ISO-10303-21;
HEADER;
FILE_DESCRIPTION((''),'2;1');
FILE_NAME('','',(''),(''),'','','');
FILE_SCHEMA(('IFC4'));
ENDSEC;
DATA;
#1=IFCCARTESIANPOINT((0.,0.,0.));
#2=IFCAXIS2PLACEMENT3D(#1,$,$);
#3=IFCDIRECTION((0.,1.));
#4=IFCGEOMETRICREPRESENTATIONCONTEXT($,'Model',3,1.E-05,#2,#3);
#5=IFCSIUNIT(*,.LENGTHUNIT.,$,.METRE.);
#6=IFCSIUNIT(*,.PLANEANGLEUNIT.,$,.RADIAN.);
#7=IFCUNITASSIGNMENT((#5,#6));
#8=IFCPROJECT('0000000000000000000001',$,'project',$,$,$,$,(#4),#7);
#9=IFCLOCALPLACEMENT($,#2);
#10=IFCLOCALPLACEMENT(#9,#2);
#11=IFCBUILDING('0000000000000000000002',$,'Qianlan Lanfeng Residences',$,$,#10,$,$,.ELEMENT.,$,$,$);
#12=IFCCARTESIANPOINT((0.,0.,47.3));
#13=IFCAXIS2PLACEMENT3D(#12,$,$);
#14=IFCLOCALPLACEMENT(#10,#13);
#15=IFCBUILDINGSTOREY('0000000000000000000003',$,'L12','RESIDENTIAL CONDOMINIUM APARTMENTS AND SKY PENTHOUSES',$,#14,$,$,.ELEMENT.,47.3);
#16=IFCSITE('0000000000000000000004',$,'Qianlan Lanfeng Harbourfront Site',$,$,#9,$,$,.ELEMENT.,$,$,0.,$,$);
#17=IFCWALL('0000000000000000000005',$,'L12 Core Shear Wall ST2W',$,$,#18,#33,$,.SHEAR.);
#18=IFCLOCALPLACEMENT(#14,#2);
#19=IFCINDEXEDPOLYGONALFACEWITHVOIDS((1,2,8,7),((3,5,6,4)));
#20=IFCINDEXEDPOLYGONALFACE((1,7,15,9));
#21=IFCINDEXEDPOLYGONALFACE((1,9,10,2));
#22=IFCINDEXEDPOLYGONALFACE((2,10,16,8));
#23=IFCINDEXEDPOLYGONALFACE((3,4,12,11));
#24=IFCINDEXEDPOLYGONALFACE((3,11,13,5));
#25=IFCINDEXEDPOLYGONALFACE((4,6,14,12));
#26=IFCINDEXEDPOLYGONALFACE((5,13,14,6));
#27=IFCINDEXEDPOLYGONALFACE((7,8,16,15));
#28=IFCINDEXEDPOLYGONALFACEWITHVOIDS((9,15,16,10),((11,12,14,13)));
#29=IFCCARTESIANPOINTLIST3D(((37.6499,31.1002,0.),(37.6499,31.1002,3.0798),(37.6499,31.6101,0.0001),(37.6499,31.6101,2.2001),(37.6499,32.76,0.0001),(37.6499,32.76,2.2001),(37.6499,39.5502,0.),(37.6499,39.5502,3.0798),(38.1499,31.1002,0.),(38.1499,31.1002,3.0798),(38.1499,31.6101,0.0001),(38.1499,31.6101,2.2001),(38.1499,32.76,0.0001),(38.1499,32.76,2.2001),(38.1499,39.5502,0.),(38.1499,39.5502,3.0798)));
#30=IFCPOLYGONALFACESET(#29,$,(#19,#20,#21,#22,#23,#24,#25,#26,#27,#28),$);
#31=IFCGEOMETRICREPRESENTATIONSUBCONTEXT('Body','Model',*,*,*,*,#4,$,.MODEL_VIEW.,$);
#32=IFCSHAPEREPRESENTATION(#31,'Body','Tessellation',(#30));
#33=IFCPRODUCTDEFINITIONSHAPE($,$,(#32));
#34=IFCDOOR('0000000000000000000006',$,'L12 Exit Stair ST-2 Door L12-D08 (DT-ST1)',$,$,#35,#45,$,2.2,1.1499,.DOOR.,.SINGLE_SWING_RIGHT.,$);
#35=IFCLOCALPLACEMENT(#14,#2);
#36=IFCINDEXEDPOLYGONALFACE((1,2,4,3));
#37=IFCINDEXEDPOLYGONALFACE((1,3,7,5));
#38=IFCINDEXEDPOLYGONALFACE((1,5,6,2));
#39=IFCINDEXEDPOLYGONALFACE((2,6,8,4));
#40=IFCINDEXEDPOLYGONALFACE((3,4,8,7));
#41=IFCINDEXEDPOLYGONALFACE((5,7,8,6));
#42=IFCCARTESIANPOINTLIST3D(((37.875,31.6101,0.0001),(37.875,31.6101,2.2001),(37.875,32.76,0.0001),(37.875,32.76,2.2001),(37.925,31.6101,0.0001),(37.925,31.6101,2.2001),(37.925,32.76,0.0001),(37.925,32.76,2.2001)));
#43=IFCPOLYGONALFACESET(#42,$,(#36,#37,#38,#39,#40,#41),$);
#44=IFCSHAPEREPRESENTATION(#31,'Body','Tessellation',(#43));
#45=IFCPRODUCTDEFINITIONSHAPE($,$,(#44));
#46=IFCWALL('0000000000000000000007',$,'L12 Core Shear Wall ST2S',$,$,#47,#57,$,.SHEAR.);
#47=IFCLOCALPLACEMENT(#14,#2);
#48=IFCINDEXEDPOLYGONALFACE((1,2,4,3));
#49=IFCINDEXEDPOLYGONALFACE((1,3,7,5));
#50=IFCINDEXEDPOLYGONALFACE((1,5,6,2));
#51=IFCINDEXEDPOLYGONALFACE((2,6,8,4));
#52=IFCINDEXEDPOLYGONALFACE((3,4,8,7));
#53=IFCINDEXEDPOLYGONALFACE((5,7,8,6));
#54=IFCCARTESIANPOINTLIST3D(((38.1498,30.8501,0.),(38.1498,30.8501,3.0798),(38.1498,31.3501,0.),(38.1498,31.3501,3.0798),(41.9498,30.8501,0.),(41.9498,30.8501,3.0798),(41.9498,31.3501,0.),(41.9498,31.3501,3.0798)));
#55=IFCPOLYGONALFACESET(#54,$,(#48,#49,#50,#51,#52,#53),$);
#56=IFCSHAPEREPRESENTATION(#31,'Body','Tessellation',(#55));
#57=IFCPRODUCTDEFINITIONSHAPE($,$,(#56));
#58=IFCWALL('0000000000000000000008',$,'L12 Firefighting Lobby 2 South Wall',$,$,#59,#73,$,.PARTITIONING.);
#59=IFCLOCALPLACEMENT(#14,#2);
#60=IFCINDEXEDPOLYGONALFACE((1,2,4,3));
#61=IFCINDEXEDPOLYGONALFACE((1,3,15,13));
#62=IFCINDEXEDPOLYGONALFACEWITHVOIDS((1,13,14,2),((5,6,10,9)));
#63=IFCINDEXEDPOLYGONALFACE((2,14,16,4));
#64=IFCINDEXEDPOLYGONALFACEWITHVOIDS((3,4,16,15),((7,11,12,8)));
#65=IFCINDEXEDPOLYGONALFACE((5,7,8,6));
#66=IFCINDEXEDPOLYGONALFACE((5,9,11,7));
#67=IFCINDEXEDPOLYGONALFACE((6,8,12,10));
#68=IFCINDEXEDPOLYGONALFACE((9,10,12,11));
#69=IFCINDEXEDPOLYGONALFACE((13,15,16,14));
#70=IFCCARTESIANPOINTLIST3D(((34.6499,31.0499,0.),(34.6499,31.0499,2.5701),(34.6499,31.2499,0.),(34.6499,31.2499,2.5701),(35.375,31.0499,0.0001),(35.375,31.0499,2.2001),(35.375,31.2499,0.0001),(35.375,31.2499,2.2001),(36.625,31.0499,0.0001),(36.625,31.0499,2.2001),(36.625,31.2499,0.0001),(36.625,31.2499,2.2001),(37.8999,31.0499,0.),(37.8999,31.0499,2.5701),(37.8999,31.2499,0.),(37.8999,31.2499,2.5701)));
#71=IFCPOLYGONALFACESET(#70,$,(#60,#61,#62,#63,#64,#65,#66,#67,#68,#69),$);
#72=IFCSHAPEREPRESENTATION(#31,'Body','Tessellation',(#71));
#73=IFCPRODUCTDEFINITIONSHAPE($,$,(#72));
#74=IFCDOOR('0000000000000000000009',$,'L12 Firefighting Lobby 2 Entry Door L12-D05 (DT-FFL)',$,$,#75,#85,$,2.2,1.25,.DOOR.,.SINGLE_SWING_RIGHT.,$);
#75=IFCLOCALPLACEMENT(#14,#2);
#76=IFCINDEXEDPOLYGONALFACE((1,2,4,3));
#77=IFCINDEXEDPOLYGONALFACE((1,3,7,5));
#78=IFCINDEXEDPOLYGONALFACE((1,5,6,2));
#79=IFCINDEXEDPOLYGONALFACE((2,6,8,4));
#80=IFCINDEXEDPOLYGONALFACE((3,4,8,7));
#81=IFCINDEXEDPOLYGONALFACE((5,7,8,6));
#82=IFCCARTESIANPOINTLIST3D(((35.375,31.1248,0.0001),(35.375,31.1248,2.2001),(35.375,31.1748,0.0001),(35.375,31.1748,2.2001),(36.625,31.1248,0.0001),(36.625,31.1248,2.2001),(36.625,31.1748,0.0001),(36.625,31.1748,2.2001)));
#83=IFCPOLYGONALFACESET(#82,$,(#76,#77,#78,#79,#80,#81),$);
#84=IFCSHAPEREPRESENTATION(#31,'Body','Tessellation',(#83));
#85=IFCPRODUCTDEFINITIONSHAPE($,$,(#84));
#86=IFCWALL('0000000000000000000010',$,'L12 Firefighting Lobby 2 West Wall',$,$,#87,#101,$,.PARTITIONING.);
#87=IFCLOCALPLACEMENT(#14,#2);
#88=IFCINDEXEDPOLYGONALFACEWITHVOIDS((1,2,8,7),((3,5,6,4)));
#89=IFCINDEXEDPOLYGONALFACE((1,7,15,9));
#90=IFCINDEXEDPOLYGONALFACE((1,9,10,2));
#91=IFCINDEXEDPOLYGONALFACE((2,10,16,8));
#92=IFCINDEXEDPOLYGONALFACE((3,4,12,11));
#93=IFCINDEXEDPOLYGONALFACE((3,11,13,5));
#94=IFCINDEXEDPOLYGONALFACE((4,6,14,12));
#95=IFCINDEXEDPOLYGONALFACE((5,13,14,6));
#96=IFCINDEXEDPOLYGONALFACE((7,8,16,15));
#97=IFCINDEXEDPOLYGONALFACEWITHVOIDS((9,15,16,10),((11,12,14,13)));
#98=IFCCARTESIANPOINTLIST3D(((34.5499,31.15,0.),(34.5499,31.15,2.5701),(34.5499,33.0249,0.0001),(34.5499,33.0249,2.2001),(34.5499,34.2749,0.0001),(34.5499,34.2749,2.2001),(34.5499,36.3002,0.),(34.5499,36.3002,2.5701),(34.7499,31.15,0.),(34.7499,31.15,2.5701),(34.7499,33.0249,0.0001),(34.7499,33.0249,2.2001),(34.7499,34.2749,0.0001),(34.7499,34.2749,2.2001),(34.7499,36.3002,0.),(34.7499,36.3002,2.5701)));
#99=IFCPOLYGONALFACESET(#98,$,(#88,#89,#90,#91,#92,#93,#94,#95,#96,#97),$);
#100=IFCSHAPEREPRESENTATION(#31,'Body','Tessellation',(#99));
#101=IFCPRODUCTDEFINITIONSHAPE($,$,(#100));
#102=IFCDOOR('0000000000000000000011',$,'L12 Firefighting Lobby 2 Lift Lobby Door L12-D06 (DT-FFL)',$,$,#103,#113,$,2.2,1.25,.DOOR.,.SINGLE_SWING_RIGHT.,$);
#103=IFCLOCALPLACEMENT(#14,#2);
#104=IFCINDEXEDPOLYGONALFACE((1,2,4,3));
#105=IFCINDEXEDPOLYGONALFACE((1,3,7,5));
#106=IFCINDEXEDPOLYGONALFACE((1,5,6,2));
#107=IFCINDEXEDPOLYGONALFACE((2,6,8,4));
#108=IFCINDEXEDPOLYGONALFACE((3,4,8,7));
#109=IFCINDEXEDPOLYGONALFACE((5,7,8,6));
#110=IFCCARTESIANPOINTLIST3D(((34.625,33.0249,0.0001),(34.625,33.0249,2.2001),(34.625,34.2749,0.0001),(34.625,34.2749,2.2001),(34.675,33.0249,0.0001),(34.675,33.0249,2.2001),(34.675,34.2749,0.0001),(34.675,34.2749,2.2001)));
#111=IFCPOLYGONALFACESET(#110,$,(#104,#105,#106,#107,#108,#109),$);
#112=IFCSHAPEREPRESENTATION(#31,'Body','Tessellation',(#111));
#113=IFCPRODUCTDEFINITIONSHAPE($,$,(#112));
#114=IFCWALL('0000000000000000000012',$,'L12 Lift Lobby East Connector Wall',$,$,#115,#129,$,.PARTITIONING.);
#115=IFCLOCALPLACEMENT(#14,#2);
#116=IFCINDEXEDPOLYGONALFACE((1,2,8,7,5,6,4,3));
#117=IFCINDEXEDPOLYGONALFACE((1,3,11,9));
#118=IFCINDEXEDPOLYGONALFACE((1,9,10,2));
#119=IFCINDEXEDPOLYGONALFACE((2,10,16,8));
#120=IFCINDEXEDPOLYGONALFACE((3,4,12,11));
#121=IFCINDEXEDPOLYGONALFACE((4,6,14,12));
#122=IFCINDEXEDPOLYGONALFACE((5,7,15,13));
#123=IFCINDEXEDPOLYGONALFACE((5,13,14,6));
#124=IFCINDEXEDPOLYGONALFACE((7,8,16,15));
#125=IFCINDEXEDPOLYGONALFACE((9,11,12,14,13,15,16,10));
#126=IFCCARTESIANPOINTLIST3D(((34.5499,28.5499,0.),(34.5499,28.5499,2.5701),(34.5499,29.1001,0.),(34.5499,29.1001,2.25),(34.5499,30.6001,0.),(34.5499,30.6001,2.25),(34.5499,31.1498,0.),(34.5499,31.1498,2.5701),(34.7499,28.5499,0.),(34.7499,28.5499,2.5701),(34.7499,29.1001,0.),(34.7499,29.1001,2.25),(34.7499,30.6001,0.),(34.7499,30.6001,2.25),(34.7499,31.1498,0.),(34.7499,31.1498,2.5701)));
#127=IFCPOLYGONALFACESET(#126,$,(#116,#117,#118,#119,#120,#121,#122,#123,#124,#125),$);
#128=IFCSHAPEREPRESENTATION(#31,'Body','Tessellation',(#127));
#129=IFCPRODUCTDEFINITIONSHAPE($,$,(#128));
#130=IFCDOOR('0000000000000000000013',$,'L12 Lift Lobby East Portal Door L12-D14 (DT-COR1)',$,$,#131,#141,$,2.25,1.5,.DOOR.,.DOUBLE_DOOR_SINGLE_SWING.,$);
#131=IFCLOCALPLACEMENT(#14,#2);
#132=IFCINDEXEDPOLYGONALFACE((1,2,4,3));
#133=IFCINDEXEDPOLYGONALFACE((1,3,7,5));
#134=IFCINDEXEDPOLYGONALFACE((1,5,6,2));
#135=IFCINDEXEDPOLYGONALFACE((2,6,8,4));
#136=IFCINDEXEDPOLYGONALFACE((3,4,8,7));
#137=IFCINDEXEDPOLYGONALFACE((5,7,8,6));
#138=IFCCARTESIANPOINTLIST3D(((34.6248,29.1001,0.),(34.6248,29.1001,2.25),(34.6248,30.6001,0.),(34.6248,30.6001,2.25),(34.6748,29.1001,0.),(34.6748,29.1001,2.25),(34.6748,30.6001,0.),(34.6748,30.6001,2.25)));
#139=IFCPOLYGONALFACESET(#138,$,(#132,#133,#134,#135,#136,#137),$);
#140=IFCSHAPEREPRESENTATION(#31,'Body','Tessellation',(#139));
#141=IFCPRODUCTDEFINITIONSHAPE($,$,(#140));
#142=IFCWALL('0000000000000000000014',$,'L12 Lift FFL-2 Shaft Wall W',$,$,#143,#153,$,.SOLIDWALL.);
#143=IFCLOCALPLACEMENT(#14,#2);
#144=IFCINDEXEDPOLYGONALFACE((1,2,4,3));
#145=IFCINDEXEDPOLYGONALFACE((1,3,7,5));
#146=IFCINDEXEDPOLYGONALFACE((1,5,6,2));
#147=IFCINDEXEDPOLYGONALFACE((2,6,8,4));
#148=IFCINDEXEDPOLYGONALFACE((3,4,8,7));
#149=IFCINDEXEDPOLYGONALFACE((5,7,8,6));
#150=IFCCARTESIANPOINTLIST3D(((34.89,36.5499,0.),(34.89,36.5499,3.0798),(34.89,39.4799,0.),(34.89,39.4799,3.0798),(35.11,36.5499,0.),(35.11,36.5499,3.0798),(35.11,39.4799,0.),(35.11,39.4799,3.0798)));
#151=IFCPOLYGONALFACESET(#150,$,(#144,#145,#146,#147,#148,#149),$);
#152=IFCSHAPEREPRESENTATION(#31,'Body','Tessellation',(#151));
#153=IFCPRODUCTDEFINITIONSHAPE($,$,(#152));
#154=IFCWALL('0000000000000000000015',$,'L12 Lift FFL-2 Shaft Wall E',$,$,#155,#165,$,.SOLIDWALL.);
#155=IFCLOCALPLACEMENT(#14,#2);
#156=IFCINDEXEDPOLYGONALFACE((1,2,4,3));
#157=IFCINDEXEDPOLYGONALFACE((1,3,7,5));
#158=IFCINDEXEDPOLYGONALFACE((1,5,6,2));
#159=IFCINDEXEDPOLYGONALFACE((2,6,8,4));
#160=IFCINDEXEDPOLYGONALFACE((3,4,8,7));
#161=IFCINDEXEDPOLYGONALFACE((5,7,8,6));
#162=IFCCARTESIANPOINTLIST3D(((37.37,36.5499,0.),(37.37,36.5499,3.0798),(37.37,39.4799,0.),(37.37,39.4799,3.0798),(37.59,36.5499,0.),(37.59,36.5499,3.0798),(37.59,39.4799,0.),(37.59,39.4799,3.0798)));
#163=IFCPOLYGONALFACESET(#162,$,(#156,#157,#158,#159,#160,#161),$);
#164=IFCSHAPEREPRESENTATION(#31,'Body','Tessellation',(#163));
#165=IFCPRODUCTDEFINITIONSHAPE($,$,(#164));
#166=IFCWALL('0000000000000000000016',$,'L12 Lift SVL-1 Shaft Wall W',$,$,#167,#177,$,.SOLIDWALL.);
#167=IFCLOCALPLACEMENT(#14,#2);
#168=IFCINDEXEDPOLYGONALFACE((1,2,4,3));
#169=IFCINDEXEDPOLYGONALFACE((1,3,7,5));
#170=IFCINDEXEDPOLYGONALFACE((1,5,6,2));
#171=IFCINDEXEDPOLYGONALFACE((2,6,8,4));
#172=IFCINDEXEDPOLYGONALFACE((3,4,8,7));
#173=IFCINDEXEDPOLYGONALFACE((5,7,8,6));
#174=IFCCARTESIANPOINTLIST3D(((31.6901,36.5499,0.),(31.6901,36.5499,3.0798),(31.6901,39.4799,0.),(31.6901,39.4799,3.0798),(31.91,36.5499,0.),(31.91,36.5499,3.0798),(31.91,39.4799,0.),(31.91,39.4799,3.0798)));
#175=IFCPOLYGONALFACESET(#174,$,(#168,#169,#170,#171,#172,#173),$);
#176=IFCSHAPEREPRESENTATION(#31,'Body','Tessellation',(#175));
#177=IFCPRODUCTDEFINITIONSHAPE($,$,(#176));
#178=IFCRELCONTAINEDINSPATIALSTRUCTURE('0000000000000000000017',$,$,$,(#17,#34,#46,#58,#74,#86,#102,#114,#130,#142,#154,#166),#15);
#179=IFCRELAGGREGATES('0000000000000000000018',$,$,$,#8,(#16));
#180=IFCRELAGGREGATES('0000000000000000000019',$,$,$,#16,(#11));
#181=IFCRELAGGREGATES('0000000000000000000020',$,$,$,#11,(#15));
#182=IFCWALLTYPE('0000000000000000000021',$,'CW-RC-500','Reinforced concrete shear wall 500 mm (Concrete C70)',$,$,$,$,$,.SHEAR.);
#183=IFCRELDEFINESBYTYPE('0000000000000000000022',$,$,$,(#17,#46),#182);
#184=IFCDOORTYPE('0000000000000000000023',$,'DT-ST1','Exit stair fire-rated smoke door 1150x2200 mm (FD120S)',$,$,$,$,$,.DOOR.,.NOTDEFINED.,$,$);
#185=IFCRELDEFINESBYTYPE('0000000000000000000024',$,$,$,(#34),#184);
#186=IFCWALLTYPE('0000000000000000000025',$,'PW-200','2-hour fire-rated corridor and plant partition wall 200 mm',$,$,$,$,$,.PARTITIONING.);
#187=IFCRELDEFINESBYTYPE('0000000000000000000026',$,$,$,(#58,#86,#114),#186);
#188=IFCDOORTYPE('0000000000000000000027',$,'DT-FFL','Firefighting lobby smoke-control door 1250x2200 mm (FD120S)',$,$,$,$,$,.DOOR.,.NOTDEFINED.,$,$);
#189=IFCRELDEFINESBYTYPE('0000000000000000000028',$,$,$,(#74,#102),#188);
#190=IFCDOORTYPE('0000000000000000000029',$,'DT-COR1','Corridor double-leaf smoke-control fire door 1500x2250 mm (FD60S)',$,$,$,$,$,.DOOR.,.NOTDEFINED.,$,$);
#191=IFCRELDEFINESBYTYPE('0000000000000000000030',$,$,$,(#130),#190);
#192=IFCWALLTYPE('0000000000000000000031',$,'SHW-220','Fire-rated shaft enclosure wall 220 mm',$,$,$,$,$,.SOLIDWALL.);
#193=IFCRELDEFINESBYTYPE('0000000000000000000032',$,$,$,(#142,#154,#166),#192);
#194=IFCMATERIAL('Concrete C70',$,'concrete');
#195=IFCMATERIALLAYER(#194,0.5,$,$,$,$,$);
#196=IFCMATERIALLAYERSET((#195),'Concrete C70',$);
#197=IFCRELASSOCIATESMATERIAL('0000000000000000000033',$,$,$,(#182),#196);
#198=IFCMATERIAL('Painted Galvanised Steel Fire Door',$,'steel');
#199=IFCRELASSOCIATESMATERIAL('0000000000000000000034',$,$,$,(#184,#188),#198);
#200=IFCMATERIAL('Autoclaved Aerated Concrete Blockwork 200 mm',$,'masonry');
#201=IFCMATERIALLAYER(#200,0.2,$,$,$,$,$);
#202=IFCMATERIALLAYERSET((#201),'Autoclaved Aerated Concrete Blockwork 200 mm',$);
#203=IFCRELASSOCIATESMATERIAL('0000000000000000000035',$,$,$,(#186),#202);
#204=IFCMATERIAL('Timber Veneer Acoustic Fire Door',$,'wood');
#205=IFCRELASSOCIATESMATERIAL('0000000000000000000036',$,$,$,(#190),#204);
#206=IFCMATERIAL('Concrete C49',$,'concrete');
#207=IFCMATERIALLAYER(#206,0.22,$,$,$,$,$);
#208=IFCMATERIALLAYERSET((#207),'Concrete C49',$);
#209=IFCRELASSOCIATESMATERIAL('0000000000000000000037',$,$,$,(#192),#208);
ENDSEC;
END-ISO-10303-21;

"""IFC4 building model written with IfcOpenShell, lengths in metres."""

from ifc_helpers import new_model, si_unit, direction, frame, frame_2d, origin, place, context, subcontext, project, spatial, rectangle, extrude, material, layer, layer_set, type_object, element, fill, save


model = new_model("IFC4")

# Units and contexts
model_context = context("Model", 3, precision=1e-05, world=origin(), true_north=direction((0.0, 1.0)))
body_context = subcontext(model_context, "Body", "Model", "MODEL_VIEW")
ifc_project = project(units=[si_unit("LENGTHUNIT", "METRE"), si_unit("PLANEANGLEUNIT", "RADIAN")], contexts=[model_context])

# Site, building, storey
site_placement = place(None, origin())
site = spatial("IfcSite", under=ifc_project, at=site_placement, Name="Qianlan Lanfeng Harbourfront Site", CompositionType="ELEMENT", RefElevation=0.0)
building_placement = place(site_placement, origin())
building = spatial("IfcBuilding", under=site, at=building_placement, Name="Qianlan Lanfeng Residences", CompositionType="ELEMENT")
storey_placement = place(building_placement, frame((0.0, 0.0, 47.3)))
storey = spatial("IfcBuildingStorey", under=building, at=storey_placement, Name="L12", Description="RESIDENTIAL CONDOMINIUM APARTMENTS AND SKY PENTHOUSES", CompositionType="ELEMENT", Elevation=47.3)

# Wall, opening, door
ifc_material_1 = material(Name="Concrete C70", Category="concrete")
ifc_layer_1 = layer(ifc_material_1, 0.5)
ifc_layer_set_1 = layer_set([ifc_layer_1], Name="Concrete C70")
wall_type_1 = type_object("IfcWallType", Name="CW-RC-500", Description="Reinforced concrete shear wall 500 mm (Concrete C70)", PredefinedType="SHEAR", material=ifc_layer_set_1)
wall_1_placement = place(storey_placement, frame((37.8999, 31.1001, 0.0), z_axis=(0.0, 0.0, 1.0), x_axis=(0.0, 1.0, 0.0)))
wall_1 = element("IfcWall", 1, at=wall_1_placement, inside=storey, type_object=wall_type_1, Name="L12 Core Shear Wall ST2W", PredefinedType="SHEAR", context=body_context, shape_type="SweptSolid", body=[
    extrude(rectangle(XDim=8.45, YDim=0.5, at=frame_2d((4.2251, 0.0))), origin(), (0.0, 0.0, 1.0), 3.0798),
])
opening_1_placement = place(wall_1_placement, frame((0.51, 0.0, 0.0)))
opening_1 = element("IfcOpeningElement", 2, at=opening_1_placement, cuts=wall_1, PredefinedType="OPENING", context=body_context, shape_type="SweptSolid", body=[
    extrude(rectangle(XDim=1.1499, YDim=2.2, at=frame_2d((0.575, 1.1001))), frame((0.0, 0.26, 0.0), z_axis=(0.0, -1.0, 0.0), x_axis=(1.0, 0.0, 0.0)), (0.0, 0.0, 1.0), 0.52),
])
ifc_material_2 = material(Name="Painted Galvanised Steel Fire Door", Category="steel")
door_type_1 = type_object("IfcDoorType", Name="DT-ST1", Description="Exit stair fire-rated smoke door 1150x2200 mm (FD120S)", OperationType="NOTDEFINED", PredefinedType="DOOR", material=ifc_material_2)
door_1_placement = place(opening_1_placement, origin())
door_1 = element("IfcDoor", 3, at=door_1_placement, inside=storey, type_object=door_type_1, Name="L12 Exit Stair ST-2 Door L12-D08 (DT-ST1)", OperationType="SINGLE_SWING_RIGHT", OverallHeight=2.2, OverallWidth=1.1499, PredefinedType="DOOR", context=body_context, shape_type="SweptSolid", body=[
    extrude(rectangle(XDim=1.1499, YDim=2.2, at=frame_2d((0.575, 1.1001))), frame((0.0, 0.0249, 0.0), z_axis=(0.0, -1.0, 0.0), x_axis=(1.0, 0.0, 0.0)), (0.0, 0.0, 1.0), 0.05),
])
fill(opening_1, door_1)

# Wall
wall_2_placement = place(storey_placement, frame((38.1499, 31.1001, 0.0), z_axis=(0.0, 0.0, 1.0), x_axis=(1.0, 0.0, 0.0)))
element("IfcWall", 4, at=wall_2_placement, inside=storey, type_object=wall_type_1, Name="L12 Core Shear Wall ST2S", PredefinedType="SHEAR", context=body_context, shape_type="SweptSolid", body=[
    extrude(rectangle(XDim=3.8, YDim=0.5, at=frame_2d((1.8999, 0.0))), origin(), (0.0, 0.0, 1.0), 3.0798),
])

# Walls, openings, doors
ifc_material_3 = material(Name="Autoclaved Aerated Concrete Blockwork 200 mm", Category="masonry")
ifc_layer_2 = layer(ifc_material_3, 0.2)
ifc_layer_set_2 = layer_set([ifc_layer_2], Name="Autoclaved Aerated Concrete Blockwork 200 mm")
wall_type_2 = type_object("IfcWallType", Name="PW-200", Description="2-hour fire-rated corridor and plant partition wall 200 mm", PredefinedType="PARTITIONING", material=ifc_layer_set_2)
wall_3_placement = place(storey_placement, frame((34.6499, 31.1499, 0.0), z_axis=(0.0, 0.0, 1.0), x_axis=(1.0, 0.0, 0.0)))
wall_3 = element("IfcWall", 5, at=wall_3_placement, inside=storey, type_object=wall_type_2, Name="L12 Firefighting Lobby 2 South Wall", PredefinedType="PARTITIONING", context=body_context, shape_type="SweptSolid", body=[
    extrude(rectangle(XDim=3.25, YDim=0.2, at=frame_2d((1.625, 0.0))), origin(), (0.0, 0.0, 1.0), 2.5701),
])
opening_2_placement = place(wall_3_placement, frame((0.7251, 0.0, 0.0)))
opening_2 = element("IfcOpeningElement", 6, at=opening_2_placement, cuts=wall_3, PredefinedType="OPENING", context=body_context, shape_type="SweptSolid", body=[
    extrude(rectangle(XDim=1.25, YDim=2.2, at=frame_2d((0.625, 1.1001))), frame((0.0, 0.1099, 0.0), z_axis=(0.0, -1.0, 0.0), x_axis=(1.0, 0.0, 0.0)), (0.0, 0.0, 1.0), 0.22),
])
door_type_2 = type_object("IfcDoorType", Name="DT-FFL", Description="Firefighting lobby smoke-control door 1250x2200 mm (FD120S)", OperationType="NOTDEFINED", PredefinedType="DOOR", material=ifc_material_2)
door_2_placement = place(opening_2_placement, origin())
door_2 = element("IfcDoor", 7, at=door_2_placement, inside=storey, type_object=door_type_2, Name="L12 Firefighting Lobby 2 Entry Door L12-D05 (DT-FFL)", OperationType="SINGLE_SWING_RIGHT", OverallHeight=2.2, OverallWidth=1.25, PredefinedType="DOOR", context=body_context, shape_type="SweptSolid", body=[
    extrude(rectangle(XDim=1.25, YDim=2.2, at=frame_2d((0.625, 1.1001))), frame((0.0, 0.0249, 0.0), z_axis=(0.0, -1.0, 0.0), x_axis=(1.0, 0.0, 0.0)), (0.0, 0.0, 1.0), 0.05),
])
fill(opening_2, door_2)
wall_4_placement = place(storey_placement, frame((34.6499, 31.1499, 0.0), z_axis=(0.0, 0.0, 1.0), x_axis=(0.0, 1.0, 0.0)))
wall_4 = element("IfcWall", 8, at=wall_4_placement, inside=storey, type_object=wall_type_2, Name="L12 Firefighting Lobby 2 West Wall", PredefinedType="PARTITIONING", context=body_context, shape_type="SweptSolid", body=[
    extrude(rectangle(XDim=5.1501, YDim=0.2, at=frame_2d((2.5752, 0.0))), origin(), (0.0, 0.0, 1.0), 2.5701),
])
opening_3_placement = place(wall_4_placement, frame((1.875, 0.0, 0.0)))
opening_3 = element("IfcOpeningElement", 9, at=opening_3_placement, cuts=wall_4, PredefinedType="OPENING", context=body_context, shape_type="SweptSolid", body=[
    extrude(rectangle(XDim=1.25, YDim=2.2, at=frame_2d((0.625, 1.1001))), frame((0.0, 0.1099, 0.0), z_axis=(0.0, -1.0, 0.0), x_axis=(1.0, 0.0, 0.0)), (0.0, 0.0, 1.0), 0.22),
])
door_3_placement = place(opening_3_placement, origin())
door_3 = element("IfcDoor", 10, at=door_3_placement, inside=storey, type_object=door_type_2, Name="L12 Firefighting Lobby 2 Lift Lobby Door L12-D06 (DT-FFL)", OperationType="SINGLE_SWING_RIGHT", OverallHeight=2.2, OverallWidth=1.25, PredefinedType="DOOR", context=body_context, shape_type="SweptSolid", body=[
    extrude(rectangle(XDim=1.25, YDim=2.2, at=frame_2d((0.625, 1.1001))), frame((0.0, 0.0249, 0.0), z_axis=(0.0, -1.0, 0.0), x_axis=(1.0, 0.0, 0.0)), (0.0, 0.0, 1.0), 0.05),
])
fill(opening_3, door_3)
wall_5_placement = place(storey_placement, frame((34.6499, 28.55, 0.0), z_axis=(0.0, 0.0, 1.0), x_axis=(0.0, 1.0, 0.0)))
wall_5 = element("IfcWall", 11, at=wall_5_placement, inside=storey, type_object=wall_type_2, Name="L12 Lift Lobby East Connector Wall", PredefinedType="PARTITIONING", context=body_context, shape_type="SweptSolid", body=[
    extrude(rectangle(XDim=2.5999, YDim=0.2, at=frame_2d((1.2998, 0.0))), origin(), (0.0, 0.0, 1.0), 2.5701),
])
opening_4_placement = place(wall_5_placement, frame((0.55, 0.0, 0.0)))
opening_4 = element("IfcOpeningElement", 12, at=opening_4_placement, cuts=wall_5, PredefinedType="OPENING", context=body_context, shape_type="SweptSolid", body=[
    extrude(rectangle(XDim=1.5, YDim=2.25, at=frame_2d((0.75, 1.125))), frame((0.0, 0.1099, 0.0), z_axis=(0.0, -1.0, 0.0), x_axis=(1.0, 0.0, 0.0)), (0.0, 0.0, 1.0), 0.22),
])
ifc_material_4 = material(Name="Timber Veneer Acoustic Fire Door", Category="wood")
door_type_3 = type_object("IfcDoorType", Name="DT-COR1", Description="Corridor double-leaf smoke-control fire door 1500x2250 mm (FD60S)", OperationType="NOTDEFINED", PredefinedType="DOOR", material=ifc_material_4)
door_4_placement = place(opening_4_placement, frame((1.5, 0.0, 0.0), z_axis=(0.0, 0.0, 1.0), x_axis=(-1.0, 0.0, 0.0)))
door_4 = element("IfcDoor", 13, at=door_4_placement, inside=storey, type_object=door_type_3, Name="L12 Lift Lobby East Portal Door L12-D14 (DT-COR1)", OperationType="DOUBLE_DOOR_SINGLE_SWING", OverallHeight=2.25, OverallWidth=1.5, PredefinedType="DOOR", context=body_context, shape_type="SweptSolid", body=[
    extrude(rectangle(XDim=1.5, YDim=2.25, at=frame_2d((0.75, 1.125))), frame((0.0, 0.0249, 0.0), z_axis=(0.0, -1.0, 0.0), x_axis=(1.0, 0.0, 0.0)), (0.0, 0.0, 1.0), 0.05),
])
fill(opening_4, door_4)

# Walls
ifc_material_5 = material(Name="Concrete C49", Category="concrete")
ifc_layer_3 = layer(ifc_material_5, 0.22)
ifc_layer_set_3 = layer_set([ifc_layer_3], Name="Concrete C49")
wall_type_3 = type_object("IfcWallType", Name="SHW-220", Description="Fire-rated shaft enclosure wall 220 mm", PredefinedType="SOLIDWALL", material=ifc_layer_set_3)
for number, where, z_axis, x_axis, name in (
    (14, (35.0, 36.55, 0.0), (0.0, 0.0, 1.0), (0.0, 1.0, 0.0), "L12 Lift FFL-2 Shaft Wall W"),
    (15, (37.48, 36.55, 0.0), (0.0, 0.0, 1.0), (0.0, 1.0, 0.0), "L12 Lift FFL-2 Shaft Wall E"),
    (16, (31.8, 36.55, 0.0), (0.0, 0.0, 1.0), (0.0, 1.0, 0.0), "L12 Lift SVL-1 Shaft Wall W"),
):
    element("IfcWall", number, at=place(storey_placement, frame(where, z_axis=z_axis, x_axis=x_axis)), inside=storey, type_object=wall_type_3, Name=name, PredefinedType="SOLIDWALL", context=body_context, shape_type="SweptSolid", body=[
        extrude(rectangle(XDim=2.9299, YDim=0.22, at=frame_2d((1.4648, 0.0))), origin(), (0.0, 0.0, 1.0), 3.0798),
    ])

save(model, "model.ifc")
